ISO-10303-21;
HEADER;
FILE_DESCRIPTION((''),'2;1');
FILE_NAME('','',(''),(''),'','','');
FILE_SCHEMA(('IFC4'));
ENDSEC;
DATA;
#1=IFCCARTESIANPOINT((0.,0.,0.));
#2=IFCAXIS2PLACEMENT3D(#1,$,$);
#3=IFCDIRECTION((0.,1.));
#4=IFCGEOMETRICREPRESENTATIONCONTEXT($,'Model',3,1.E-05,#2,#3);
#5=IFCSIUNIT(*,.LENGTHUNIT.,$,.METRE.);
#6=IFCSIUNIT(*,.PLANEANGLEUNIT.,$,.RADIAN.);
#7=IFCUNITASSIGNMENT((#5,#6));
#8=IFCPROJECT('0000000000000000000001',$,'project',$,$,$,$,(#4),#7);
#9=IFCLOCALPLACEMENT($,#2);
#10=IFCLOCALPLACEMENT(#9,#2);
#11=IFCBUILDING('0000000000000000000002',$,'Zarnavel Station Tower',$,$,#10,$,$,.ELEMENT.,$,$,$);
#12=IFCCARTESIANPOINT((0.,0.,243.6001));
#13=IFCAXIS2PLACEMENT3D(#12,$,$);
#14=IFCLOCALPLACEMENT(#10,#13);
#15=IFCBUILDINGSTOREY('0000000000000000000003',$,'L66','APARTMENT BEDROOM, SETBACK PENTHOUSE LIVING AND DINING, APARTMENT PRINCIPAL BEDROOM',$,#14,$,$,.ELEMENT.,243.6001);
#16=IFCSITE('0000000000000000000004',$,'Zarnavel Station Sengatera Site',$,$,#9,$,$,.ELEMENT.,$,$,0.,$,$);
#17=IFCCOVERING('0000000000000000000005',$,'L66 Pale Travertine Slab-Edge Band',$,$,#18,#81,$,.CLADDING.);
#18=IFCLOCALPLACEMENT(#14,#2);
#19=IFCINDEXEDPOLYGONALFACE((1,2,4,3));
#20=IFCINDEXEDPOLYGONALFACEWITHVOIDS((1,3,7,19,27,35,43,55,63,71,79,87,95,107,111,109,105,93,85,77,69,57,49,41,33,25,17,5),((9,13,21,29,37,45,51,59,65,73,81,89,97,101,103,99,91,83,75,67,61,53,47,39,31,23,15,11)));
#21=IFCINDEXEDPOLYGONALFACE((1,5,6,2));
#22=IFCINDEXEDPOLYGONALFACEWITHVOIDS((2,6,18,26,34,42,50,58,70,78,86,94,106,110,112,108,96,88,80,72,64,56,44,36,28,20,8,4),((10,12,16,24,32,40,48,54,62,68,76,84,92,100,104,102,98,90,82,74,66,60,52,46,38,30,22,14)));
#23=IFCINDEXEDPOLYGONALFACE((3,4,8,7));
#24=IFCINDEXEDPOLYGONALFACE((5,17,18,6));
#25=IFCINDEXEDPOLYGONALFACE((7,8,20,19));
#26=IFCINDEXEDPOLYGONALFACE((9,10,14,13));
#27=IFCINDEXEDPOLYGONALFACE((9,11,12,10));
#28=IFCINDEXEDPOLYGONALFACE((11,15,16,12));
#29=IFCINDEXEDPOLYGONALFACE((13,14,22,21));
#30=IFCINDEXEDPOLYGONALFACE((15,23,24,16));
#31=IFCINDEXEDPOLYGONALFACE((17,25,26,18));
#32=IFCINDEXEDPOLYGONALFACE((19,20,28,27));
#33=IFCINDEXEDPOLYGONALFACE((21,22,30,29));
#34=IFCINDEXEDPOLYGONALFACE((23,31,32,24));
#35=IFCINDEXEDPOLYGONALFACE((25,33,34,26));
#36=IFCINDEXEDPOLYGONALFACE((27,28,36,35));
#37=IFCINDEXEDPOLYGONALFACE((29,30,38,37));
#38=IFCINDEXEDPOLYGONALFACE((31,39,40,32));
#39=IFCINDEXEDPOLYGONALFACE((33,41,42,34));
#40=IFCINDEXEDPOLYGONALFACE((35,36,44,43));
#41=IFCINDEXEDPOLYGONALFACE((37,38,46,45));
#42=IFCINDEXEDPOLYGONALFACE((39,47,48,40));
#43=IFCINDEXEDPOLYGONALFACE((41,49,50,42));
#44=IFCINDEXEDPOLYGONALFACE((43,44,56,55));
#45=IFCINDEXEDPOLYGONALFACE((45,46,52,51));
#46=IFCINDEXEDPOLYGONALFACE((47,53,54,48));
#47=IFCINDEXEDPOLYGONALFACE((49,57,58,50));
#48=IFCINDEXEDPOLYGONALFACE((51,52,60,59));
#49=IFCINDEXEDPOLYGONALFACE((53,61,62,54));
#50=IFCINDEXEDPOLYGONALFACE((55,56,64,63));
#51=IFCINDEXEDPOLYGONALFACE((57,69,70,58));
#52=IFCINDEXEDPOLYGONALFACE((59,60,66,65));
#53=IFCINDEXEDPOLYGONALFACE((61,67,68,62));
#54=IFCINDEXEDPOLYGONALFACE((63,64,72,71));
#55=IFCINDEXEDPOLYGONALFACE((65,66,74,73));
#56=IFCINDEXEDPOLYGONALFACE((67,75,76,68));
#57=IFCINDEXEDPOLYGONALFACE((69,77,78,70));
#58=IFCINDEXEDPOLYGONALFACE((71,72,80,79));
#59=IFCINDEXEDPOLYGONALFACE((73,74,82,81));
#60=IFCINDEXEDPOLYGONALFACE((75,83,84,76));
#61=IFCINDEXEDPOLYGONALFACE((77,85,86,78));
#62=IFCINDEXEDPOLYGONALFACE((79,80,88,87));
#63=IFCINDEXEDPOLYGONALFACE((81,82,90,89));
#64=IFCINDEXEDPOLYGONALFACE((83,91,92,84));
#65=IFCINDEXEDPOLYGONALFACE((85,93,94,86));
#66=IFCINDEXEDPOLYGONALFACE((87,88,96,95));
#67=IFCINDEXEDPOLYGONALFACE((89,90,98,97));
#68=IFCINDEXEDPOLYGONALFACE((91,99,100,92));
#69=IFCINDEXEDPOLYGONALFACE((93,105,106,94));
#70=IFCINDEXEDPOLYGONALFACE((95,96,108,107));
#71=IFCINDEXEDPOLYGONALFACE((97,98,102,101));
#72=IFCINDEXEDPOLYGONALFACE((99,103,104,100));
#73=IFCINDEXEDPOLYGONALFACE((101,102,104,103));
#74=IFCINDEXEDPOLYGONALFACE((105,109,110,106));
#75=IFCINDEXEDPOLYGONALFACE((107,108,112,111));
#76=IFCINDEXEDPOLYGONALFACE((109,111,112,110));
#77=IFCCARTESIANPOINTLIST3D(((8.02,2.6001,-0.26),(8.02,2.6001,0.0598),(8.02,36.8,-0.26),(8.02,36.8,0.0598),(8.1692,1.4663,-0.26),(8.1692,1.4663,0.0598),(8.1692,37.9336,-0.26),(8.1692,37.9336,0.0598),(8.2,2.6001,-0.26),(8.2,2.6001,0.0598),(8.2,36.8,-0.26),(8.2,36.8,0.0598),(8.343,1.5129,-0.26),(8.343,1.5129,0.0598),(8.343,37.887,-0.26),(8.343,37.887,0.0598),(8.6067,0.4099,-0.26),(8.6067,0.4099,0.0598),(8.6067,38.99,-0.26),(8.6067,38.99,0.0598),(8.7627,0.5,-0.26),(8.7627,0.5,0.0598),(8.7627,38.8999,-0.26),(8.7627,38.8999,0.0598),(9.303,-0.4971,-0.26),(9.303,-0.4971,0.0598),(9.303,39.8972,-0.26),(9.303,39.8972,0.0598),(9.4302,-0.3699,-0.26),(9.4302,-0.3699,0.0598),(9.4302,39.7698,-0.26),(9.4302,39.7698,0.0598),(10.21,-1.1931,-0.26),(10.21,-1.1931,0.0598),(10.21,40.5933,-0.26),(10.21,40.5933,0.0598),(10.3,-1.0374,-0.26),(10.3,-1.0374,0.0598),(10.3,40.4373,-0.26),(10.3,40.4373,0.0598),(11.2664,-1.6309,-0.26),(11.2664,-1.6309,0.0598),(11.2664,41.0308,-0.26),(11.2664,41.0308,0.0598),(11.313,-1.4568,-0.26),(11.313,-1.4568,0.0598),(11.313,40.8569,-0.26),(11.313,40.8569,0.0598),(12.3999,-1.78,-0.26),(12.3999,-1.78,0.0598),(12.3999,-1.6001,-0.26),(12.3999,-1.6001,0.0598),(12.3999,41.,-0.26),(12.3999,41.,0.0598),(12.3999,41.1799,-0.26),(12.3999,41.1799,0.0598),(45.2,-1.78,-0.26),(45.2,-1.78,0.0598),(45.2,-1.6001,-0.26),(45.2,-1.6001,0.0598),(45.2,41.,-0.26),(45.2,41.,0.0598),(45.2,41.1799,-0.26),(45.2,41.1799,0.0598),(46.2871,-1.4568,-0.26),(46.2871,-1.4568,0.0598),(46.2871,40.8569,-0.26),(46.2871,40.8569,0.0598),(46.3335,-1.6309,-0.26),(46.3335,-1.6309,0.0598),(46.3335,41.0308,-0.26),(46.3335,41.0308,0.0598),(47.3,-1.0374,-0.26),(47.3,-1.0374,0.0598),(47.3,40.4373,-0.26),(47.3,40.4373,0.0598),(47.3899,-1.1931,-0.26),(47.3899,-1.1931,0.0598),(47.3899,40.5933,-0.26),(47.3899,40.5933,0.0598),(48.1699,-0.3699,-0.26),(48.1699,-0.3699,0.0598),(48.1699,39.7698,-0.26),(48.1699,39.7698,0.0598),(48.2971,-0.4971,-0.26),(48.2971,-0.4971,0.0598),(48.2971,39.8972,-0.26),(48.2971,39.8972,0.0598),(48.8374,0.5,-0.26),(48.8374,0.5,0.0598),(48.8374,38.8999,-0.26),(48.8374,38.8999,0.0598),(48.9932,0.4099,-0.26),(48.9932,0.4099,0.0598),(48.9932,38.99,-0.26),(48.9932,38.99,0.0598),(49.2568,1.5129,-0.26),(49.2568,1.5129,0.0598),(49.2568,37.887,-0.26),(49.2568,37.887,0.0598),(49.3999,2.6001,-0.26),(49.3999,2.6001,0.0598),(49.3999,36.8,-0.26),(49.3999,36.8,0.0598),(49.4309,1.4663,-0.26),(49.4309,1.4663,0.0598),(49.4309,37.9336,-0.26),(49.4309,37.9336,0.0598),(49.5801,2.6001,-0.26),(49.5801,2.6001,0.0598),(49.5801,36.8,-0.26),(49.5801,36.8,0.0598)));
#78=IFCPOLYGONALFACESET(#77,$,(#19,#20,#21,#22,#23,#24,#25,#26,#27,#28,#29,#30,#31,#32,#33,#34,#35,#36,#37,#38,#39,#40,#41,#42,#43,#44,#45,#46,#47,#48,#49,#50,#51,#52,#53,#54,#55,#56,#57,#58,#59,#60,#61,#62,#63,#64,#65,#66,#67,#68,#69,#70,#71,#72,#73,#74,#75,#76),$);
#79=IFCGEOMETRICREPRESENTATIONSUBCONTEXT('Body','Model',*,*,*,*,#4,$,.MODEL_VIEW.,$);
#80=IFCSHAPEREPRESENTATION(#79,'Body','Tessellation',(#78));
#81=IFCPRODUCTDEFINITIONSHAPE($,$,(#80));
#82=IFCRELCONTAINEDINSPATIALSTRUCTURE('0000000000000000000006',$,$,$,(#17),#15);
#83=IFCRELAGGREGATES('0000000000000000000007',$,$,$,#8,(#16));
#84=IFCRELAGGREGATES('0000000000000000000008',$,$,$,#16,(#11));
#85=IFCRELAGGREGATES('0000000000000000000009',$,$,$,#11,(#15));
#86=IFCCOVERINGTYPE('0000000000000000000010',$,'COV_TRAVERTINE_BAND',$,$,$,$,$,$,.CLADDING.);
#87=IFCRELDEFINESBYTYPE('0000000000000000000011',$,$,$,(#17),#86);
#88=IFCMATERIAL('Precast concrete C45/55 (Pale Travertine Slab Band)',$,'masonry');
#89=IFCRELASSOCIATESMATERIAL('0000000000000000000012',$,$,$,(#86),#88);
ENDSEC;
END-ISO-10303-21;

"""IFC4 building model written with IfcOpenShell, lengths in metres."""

from ifc_helpers import new_model, si_unit, direction, frame, origin, place, context, subcontext, project, spatial, polyline, outline, extrude, material, type_object, element, save


model = new_model("IFC4")

# Units and contexts
model_context = context("Model", 3, precision=1e-05, world=origin(), true_north=direction((0.0, 1.0)))
body_context = subcontext(model_context, "Body", "Model", "MODEL_VIEW")
ifc_project = project(units=[si_unit("LENGTHUNIT", "METRE"), si_unit("PLANEANGLEUNIT", "RADIAN")], contexts=[model_context])

# Site, building, storey
site_placement = place(None, origin())
site = spatial("IfcSite", under=ifc_project, at=site_placement, Name="Zarnavel Station Sengatera Site", CompositionType="ELEMENT", RefElevation=0.0)
building_placement = place(site_placement, origin())
building = spatial("IfcBuilding", under=site, at=building_placement, Name="Zarnavel Station Tower", CompositionType="ELEMENT")
storey_placement = place(building_placement, frame((0.0, 0.0, 243.6001)))
storey = spatial("IfcBuildingStorey", under=building, at=storey_placement, Name="L66", Description="APARTMENT BEDROOM, SETBACK PENTHOUSE LIVING AND DINING, APARTMENT PRINCIPAL BEDROOM", CompositionType="ELEMENT", Elevation=243.6001)

# Covering
ifc_material_1 = material(Name="Precast concrete C45/55 (Pale Travertine Slab Band)", Category="masonry")
covering_type_1 = type_object("IfcCoveringType", Name="COV_TRAVERTINE_BAND", PredefinedType="CLADDING", material=ifc_material_1)
covering_1_placement = place(storey_placement, frame((0.0, 0.0, -0.26)))
element("IfcCovering", 1, at=covering_1_placement, inside=storey, type_object=covering_type_1, Name="L66 Pale Travertine Slab-Edge Band", PredefinedType="CLADDING", context=body_context, shape_type="SweptSolid", body=[
    extrude(outline(polyline([(45.2, -1.78), (46.3335, -1.6309), (47.3899, -1.1931), (48.2971, -0.4971), (48.9932, 0.4099), (49.4309, 1.4663), (49.5801, 2.6001), (49.5801, 36.8), (49.4309, 37.9336), (48.9932, 38.99), (48.2971, 39.8972), (47.3899, 40.5933), (46.3335, 41.0308), (45.2, 41.1799), (12.3999, 41.1799), (11.2664, 41.0308), (10.21, 40.5933), (9.303, 39.8972), (8.6067, 38.99), (8.1692, 37.9336), (8.02, 36.8), (8.02, 2.6001), (8.1692, 1.4663), (8.6067, 0.4099), (9.303, -0.4971), (10.21, -1.1931), (11.2664, -1.6309), (12.3999, -1.78), (45.2, -1.78)]), holes=[polyline([(45.2, -1.6001), (46.2871, -1.4568), (47.3, -1.0374), (48.1699, -0.3699), (48.8374, 0.5), (49.2568, 1.5129), (49.3999, 2.6001), (49.3999, 36.8), (49.2568, 37.887), (48.8374, 38.8999), (48.1699, 39.7698), (47.3, 40.4373), (46.2871, 40.8569), (45.2, 41.0), (12.3999, 41.0), (11.313, 40.8569), (10.3, 40.4373), (9.4302, 39.7698), (8.7627, 38.8999), (8.343, 37.887), (8.2, 36.8), (8.2, 2.6001), (8.343, 1.5129), (8.7627, 0.5), (9.4302, -0.3699), (10.3, -1.0374), (11.313, -1.4568), (12.3999, -1.6001), (45.2, -1.6001)])]), origin(), (0.0, 0.0, 1.0), 0.3198),
])

save(model, "model.ifc")
